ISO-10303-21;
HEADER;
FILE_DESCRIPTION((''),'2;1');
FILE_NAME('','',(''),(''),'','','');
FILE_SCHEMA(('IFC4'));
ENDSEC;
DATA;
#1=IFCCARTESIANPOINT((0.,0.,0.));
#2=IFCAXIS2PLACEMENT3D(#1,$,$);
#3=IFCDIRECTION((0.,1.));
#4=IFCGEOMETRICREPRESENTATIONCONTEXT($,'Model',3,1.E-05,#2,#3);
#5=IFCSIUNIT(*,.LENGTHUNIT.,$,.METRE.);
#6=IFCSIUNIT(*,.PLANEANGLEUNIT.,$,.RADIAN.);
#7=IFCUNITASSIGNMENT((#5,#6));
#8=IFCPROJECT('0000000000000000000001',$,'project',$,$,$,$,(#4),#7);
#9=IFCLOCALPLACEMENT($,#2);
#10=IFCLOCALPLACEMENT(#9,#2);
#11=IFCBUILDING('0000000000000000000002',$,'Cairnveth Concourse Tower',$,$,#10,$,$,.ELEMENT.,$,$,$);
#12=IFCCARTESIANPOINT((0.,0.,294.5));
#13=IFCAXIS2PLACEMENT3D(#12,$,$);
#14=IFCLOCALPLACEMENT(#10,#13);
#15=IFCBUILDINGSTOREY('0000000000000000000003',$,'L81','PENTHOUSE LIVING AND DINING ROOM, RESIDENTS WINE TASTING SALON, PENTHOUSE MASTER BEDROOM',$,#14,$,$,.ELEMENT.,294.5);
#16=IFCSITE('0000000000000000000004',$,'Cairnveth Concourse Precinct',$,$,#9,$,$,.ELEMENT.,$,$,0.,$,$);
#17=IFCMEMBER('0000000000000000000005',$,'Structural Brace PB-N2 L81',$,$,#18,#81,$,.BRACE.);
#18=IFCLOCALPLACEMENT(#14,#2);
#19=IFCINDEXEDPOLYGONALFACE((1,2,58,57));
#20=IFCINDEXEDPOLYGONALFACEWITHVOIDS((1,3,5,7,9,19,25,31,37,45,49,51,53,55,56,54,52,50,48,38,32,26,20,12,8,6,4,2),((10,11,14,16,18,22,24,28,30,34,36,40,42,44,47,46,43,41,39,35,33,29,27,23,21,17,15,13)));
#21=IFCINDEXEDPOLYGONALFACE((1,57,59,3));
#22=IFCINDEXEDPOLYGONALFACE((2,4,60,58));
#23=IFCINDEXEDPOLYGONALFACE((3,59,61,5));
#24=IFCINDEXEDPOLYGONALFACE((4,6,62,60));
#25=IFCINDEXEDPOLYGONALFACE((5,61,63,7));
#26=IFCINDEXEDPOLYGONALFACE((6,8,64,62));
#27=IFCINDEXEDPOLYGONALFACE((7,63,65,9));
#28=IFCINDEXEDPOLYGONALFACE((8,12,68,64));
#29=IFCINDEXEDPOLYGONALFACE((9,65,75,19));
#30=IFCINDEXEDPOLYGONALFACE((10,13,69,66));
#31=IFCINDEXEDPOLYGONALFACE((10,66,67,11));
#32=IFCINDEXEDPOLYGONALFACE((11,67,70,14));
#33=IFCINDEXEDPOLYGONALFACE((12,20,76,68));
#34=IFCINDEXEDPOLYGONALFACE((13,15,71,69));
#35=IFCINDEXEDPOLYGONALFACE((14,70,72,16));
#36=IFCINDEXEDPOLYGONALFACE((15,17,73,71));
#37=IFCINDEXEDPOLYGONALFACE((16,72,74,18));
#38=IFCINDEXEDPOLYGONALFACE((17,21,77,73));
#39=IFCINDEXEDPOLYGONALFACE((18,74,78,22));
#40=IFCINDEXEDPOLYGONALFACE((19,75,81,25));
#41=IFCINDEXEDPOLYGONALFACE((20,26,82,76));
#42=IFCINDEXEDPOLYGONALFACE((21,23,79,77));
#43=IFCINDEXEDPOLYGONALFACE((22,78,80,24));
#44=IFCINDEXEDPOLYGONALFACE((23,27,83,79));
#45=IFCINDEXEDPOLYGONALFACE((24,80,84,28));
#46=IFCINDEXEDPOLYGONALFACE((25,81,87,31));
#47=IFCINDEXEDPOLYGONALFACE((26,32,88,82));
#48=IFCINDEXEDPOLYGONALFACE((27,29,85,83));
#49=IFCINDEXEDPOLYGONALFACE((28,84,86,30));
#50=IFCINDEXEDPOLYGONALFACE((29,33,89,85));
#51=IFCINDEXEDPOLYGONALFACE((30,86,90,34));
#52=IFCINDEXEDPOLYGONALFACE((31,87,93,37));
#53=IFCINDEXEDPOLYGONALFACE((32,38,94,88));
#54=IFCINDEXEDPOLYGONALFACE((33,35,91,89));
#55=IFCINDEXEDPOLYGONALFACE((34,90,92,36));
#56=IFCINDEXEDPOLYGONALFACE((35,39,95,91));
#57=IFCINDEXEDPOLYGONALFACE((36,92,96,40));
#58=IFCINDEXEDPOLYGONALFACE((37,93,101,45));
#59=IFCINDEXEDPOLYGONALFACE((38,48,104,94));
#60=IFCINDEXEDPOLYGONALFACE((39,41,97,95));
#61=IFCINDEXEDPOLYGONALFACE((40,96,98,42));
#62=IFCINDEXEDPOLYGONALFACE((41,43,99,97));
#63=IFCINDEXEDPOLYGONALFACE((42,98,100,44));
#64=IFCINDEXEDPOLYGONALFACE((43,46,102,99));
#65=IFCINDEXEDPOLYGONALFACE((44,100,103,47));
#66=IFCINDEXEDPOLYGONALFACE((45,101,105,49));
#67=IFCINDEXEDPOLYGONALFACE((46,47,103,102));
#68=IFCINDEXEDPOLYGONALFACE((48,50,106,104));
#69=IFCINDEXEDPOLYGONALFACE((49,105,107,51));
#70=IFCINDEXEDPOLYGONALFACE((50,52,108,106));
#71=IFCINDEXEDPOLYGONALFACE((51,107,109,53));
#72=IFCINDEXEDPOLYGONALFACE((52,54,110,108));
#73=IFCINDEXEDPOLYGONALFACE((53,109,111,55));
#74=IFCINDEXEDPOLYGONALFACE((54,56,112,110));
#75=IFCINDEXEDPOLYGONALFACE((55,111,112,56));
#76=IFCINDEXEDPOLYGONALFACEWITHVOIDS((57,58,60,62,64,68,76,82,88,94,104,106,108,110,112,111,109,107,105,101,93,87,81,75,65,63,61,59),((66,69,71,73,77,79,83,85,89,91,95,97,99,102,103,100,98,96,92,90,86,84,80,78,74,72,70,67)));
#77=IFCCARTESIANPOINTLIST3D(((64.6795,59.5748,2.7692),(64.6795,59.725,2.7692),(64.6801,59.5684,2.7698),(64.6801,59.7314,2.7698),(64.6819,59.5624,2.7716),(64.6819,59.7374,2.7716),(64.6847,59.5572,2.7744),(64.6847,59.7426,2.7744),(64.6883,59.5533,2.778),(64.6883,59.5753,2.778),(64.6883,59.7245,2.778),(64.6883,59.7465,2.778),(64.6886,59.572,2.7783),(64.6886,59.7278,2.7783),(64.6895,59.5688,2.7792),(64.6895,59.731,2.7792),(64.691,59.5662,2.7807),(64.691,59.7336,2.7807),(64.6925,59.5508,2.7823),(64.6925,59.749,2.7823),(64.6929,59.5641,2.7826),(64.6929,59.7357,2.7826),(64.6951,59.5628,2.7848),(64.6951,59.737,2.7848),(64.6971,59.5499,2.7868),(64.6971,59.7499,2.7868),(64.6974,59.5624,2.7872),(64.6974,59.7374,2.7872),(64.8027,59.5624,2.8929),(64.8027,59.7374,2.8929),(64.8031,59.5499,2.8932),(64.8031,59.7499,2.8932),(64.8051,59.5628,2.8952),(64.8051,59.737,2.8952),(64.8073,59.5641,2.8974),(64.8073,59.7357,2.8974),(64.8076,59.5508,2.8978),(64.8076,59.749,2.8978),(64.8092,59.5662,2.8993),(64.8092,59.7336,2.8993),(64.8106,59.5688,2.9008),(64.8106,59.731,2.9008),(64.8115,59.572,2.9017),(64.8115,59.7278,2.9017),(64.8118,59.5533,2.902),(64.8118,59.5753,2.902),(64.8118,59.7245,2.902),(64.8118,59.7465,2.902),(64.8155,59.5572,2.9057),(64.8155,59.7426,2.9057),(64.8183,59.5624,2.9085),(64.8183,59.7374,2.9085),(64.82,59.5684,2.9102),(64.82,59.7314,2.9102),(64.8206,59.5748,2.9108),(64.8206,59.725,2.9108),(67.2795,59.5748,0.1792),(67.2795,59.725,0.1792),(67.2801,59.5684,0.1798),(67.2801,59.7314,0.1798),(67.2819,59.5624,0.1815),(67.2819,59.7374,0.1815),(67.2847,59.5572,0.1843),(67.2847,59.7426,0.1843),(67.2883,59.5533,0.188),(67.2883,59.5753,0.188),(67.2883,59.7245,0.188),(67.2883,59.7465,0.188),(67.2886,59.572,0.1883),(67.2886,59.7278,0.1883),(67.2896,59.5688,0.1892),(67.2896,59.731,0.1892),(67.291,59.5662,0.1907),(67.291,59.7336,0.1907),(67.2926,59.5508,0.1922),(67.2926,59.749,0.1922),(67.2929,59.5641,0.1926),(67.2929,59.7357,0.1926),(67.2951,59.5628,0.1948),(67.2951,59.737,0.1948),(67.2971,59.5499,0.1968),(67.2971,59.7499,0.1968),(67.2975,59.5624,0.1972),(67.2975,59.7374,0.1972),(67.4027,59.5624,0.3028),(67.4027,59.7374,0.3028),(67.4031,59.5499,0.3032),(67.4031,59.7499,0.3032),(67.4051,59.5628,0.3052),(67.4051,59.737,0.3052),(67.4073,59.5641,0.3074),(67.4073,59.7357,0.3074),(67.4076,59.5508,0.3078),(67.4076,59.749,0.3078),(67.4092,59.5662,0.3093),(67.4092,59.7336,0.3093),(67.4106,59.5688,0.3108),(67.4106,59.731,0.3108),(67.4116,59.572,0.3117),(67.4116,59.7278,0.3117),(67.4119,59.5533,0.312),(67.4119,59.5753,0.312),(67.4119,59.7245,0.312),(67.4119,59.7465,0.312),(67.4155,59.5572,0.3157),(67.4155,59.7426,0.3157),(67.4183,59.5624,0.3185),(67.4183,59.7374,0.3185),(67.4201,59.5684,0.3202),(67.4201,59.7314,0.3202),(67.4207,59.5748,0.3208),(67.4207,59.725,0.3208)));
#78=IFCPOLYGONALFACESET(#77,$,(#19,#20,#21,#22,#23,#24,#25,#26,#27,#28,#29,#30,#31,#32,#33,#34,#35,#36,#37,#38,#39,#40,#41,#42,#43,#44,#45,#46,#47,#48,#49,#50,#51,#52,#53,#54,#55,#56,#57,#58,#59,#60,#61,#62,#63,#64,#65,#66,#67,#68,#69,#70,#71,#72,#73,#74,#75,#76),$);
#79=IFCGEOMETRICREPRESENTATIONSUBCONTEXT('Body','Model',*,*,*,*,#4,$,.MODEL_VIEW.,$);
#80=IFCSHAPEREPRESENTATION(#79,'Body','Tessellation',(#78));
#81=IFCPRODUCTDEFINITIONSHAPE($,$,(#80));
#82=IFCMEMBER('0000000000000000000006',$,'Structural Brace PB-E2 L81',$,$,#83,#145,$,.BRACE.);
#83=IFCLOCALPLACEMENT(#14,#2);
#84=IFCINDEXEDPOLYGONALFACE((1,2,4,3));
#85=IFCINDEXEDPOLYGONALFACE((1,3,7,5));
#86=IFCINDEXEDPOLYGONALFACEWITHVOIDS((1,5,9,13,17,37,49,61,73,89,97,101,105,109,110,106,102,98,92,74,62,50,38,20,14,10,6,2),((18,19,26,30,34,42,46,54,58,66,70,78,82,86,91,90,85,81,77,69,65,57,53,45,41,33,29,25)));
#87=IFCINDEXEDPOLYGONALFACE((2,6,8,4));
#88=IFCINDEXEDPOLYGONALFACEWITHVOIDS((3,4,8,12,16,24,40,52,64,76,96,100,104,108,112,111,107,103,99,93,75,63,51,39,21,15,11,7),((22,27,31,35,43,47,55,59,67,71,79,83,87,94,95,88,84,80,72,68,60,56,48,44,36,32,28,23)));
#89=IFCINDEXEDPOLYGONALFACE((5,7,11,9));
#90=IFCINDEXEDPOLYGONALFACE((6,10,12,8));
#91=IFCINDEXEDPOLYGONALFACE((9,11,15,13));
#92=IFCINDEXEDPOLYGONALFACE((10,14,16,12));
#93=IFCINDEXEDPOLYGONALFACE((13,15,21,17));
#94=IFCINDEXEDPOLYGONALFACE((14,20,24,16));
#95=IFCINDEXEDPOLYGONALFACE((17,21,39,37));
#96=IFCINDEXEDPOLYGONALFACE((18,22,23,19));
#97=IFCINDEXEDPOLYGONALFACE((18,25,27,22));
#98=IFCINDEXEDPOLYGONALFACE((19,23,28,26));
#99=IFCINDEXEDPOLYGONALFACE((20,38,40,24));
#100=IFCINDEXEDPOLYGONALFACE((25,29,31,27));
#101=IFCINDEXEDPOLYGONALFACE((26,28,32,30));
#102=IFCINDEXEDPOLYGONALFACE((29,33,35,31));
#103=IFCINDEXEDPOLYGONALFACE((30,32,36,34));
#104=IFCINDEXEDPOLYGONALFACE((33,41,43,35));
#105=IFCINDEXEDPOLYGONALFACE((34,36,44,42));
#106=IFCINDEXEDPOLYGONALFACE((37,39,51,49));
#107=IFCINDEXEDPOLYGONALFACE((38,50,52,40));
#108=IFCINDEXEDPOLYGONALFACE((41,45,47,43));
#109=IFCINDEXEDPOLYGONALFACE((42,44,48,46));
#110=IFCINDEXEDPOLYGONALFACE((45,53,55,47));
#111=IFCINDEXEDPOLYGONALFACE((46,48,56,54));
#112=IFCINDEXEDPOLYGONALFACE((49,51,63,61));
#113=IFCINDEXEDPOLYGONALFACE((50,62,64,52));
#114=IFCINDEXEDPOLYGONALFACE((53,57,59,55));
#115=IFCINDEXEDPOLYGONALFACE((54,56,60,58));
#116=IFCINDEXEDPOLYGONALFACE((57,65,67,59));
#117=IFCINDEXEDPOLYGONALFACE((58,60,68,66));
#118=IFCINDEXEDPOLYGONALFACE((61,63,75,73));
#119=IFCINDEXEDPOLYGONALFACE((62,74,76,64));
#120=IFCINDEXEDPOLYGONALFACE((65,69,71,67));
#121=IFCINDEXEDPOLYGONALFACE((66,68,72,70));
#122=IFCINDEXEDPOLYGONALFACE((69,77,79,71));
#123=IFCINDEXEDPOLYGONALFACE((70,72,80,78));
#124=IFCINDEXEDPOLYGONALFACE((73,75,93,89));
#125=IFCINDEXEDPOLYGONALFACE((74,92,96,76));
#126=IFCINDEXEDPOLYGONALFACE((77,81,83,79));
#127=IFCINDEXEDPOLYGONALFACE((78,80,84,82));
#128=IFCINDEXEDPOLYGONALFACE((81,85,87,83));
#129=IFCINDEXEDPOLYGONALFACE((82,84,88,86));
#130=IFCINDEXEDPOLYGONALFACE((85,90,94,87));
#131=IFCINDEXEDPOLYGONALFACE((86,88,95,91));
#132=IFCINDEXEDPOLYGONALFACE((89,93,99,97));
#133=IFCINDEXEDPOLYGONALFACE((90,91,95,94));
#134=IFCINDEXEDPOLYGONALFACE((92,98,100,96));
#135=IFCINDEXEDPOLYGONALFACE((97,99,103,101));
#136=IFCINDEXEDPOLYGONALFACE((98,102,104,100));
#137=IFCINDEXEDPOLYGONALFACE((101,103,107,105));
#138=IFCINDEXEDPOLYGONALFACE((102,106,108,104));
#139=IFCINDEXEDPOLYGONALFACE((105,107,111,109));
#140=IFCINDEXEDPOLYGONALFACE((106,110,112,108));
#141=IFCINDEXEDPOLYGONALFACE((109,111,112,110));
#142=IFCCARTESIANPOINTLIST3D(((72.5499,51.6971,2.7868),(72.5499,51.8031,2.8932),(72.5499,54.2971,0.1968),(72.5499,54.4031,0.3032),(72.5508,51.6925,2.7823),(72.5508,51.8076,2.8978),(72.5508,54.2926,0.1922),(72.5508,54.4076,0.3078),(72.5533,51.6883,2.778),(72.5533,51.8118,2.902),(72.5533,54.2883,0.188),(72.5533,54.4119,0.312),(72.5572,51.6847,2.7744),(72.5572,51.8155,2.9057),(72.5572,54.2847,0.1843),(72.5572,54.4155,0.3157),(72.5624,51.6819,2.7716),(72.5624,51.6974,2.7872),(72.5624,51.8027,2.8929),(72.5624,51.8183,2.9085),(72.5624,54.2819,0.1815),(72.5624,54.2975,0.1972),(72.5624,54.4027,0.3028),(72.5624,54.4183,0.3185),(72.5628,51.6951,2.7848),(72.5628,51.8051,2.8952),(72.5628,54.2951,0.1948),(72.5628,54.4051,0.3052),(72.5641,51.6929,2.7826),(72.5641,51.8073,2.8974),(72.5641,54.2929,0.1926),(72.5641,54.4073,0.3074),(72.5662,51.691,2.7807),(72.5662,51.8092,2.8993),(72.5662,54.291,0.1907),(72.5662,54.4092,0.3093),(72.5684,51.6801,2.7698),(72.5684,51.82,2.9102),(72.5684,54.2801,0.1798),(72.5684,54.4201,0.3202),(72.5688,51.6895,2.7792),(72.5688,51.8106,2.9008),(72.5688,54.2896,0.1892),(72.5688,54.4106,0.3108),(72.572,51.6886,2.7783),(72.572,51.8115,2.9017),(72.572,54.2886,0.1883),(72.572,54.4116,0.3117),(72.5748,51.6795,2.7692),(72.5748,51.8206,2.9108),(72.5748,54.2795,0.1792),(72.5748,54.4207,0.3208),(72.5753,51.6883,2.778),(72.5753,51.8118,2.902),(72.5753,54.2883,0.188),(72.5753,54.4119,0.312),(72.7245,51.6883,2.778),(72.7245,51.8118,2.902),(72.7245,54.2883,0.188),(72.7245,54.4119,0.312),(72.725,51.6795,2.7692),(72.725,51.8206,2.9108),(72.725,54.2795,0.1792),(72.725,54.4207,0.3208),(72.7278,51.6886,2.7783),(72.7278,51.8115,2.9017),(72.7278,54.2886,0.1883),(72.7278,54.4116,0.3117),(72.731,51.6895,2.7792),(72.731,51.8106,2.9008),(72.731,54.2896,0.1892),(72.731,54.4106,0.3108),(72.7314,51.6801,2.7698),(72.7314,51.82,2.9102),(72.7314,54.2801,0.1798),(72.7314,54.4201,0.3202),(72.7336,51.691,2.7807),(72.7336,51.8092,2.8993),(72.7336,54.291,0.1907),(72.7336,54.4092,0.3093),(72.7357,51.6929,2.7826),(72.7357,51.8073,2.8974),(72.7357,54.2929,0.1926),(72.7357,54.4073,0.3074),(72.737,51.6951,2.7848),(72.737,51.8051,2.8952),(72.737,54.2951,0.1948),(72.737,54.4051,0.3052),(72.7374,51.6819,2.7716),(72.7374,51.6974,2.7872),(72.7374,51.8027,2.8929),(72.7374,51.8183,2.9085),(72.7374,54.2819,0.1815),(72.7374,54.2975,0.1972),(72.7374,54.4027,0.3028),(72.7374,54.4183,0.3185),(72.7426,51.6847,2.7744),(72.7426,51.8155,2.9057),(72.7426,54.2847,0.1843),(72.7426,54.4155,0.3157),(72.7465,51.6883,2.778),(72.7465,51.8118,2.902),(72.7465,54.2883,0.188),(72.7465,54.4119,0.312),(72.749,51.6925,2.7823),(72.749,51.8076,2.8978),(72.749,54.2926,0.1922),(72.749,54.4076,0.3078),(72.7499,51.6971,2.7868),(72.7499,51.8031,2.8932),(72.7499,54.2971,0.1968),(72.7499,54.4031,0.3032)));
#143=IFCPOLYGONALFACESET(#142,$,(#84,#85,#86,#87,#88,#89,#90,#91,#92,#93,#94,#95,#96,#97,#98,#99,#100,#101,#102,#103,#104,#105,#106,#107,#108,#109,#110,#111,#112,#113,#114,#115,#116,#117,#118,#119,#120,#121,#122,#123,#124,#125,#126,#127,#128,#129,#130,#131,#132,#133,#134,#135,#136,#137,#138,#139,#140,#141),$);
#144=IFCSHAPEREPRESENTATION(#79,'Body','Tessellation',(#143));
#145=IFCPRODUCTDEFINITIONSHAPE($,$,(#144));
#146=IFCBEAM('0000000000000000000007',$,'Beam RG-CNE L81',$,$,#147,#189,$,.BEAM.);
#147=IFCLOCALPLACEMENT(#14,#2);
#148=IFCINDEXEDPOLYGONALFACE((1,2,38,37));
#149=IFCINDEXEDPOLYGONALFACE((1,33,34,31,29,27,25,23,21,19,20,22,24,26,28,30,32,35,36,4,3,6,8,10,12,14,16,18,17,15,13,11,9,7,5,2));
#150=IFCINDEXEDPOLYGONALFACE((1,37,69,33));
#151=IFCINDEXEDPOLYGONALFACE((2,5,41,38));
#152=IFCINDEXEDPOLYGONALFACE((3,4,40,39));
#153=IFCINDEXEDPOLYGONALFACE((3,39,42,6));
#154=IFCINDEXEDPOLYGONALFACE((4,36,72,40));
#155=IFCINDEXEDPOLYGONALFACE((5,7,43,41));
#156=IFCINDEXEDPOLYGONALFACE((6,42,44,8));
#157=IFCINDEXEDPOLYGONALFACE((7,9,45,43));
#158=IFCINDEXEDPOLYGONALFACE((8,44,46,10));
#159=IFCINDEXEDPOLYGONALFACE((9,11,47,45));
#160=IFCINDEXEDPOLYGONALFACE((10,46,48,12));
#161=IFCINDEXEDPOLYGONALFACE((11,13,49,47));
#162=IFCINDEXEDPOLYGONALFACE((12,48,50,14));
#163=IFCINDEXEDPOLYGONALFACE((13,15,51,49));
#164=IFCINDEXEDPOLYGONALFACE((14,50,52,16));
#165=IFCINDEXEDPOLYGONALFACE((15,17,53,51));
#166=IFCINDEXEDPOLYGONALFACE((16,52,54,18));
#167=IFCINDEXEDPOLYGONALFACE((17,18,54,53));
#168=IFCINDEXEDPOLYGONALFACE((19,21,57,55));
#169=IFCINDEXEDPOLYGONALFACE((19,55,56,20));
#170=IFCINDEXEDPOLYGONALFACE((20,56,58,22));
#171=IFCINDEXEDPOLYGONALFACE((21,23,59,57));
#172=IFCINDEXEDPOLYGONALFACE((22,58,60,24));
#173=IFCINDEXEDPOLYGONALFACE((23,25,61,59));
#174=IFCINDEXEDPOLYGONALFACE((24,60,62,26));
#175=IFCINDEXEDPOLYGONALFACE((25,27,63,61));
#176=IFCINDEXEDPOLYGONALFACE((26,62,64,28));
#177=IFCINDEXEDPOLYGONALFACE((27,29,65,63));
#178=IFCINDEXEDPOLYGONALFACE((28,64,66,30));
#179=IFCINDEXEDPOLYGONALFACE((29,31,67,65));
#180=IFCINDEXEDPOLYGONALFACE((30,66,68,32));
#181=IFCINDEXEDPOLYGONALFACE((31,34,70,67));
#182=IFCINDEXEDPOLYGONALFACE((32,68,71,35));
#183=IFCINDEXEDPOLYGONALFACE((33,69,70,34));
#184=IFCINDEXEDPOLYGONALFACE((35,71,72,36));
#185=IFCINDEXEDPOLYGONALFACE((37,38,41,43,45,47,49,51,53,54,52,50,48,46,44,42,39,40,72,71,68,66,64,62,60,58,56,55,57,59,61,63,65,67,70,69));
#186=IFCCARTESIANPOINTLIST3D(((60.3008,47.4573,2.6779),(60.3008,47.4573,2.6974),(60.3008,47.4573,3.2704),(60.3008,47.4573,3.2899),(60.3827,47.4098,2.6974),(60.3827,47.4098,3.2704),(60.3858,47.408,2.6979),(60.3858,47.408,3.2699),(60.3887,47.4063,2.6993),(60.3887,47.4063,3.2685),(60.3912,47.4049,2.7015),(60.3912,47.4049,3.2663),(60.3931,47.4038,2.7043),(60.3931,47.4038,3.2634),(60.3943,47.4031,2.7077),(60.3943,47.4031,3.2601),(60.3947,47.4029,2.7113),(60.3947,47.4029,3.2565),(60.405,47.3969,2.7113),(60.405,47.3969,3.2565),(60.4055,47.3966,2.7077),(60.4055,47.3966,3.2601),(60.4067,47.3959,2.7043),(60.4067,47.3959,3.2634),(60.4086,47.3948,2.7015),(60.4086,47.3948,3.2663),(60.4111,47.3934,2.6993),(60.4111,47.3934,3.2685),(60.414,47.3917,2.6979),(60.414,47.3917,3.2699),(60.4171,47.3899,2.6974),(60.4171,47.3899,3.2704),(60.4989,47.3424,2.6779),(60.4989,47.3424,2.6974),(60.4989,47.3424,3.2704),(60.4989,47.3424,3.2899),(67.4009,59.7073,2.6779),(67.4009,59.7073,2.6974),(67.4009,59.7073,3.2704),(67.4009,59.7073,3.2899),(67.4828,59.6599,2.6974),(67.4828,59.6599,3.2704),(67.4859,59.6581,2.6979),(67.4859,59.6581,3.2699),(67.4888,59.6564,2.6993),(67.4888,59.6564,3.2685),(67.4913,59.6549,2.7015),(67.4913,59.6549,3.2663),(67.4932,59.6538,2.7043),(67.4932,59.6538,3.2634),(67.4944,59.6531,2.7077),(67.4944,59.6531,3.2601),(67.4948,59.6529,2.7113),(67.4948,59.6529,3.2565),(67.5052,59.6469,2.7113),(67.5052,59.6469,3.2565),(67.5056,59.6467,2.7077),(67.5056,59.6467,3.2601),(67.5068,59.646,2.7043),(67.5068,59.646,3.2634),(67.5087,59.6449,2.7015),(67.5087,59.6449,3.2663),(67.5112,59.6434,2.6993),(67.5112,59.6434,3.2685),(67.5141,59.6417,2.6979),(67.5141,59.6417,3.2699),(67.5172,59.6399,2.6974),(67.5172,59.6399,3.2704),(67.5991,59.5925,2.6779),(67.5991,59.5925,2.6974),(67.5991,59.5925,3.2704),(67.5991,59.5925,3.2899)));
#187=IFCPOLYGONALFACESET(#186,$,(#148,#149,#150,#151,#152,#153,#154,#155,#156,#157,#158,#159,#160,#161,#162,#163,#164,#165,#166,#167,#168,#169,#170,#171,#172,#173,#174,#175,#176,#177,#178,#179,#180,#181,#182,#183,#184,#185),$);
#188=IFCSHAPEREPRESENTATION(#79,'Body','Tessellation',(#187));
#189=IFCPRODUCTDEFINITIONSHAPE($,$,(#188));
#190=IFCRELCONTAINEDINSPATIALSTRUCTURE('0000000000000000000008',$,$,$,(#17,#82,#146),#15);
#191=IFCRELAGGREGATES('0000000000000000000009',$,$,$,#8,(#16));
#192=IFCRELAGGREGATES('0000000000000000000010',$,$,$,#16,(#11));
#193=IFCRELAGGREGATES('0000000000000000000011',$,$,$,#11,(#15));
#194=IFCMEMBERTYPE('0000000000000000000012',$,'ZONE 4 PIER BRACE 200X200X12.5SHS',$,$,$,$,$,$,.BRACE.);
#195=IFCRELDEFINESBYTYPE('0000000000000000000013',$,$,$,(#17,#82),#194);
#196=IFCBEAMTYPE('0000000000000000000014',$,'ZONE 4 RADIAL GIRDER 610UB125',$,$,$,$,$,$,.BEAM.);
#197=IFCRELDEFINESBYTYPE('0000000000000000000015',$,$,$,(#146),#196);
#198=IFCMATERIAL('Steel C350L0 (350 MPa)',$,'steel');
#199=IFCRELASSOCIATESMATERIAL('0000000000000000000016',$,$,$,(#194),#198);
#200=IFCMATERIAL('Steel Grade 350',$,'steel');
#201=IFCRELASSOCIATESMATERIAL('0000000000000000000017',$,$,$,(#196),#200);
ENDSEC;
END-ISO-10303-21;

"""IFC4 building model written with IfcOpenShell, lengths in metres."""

from ifc_helpers import new_model, si_unit, direction, frame, origin, origin_2d, place, context, subcontext, project, spatial, hollow_rectangle, i_section, extrude, material, material_profile, profile_set, type_object, element, save


model = new_model("IFC4")

# Units and contexts
model_context = context("Model", 3, precision=1e-05, world=origin(), true_north=direction((0.0, 1.0)))
body_context = subcontext(model_context, "Body", "Model", "MODEL_VIEW")
ifc_project = project(units=[si_unit("LENGTHUNIT", "METRE"), si_unit("PLANEANGLEUNIT", "RADIAN")], contexts=[model_context])

# Site, building, storey
site_placement = place(None, origin())
site = spatial("IfcSite", under=ifc_project, at=site_placement, Name="Cairnveth Concourse Precinct", CompositionType="ELEMENT", RefElevation=0.0)
building_placement = place(site_placement, origin())
building = spatial("IfcBuilding", under=site, at=building_placement, Name="Cairnveth Concourse Tower", CompositionType="ELEMENT")
storey_placement = place(building_placement, frame((0.0, 0.0, 294.5)))
storey = spatial("IfcBuildingStorey", under=building, at=storey_placement, Name="L81", Description="PENTHOUSE LIVING AND DINING ROOM, RESIDENTS WINE TASTING SALON, PENTHOUSE MASTER BEDROOM", CompositionType="ELEMENT", Elevation=294.5)

# Shared definitions
ifc_material_1 = material(Name="Steel Grade 350", Category="steel")

# Members
ifc_material_2 = material(Name="Steel C350L0 (350 MPa)", Category="steel")
ifc_material_profile_1 = material_profile(ifc_material_2, hollow_rectangle(XDim=0.2, YDim=0.2, WallThickness=0.0125, InnerFilletRadius=0.0129, OuterFilletRadius=0.0249, at=origin_2d()), Name="200x200x12.5SHS")
ifc_profile_set_1 = profile_set([ifc_material_profile_1], Name="Steel C350L0 (350 MPa)")
member_type = type_object("IfcMemberType", Name="ZONE 4 PIER BRACE 200X200X12.5SHS", PredefinedType="BRACE", material=ifc_profile_set_1)
for number, where, z_axis, x_axis, name in (
    (1, (67.3501, 59.6499, 0.25), (-0.708469, 0.0, 0.705742), (0.0, -1.0, 0.0), "Structural Brace PB-N2 L81"),
    (2, (72.6499, 54.3501, 0.25), (0.0, -0.708469, 0.705742), (1.0, 0.0, 0.0), "Structural Brace PB-E2 L81"),
):
    element("IfcMember", number, at=place(storey_placement, frame(where, z_axis=z_axis, x_axis=x_axis)), inside=storey, type_object=member_type, Name=name, PredefinedType="BRACE", context=body_context, shape_type="SweptSolid", body=[
        extrude(hollow_rectangle(XDim=0.2, YDim=0.2, WallThickness=0.0125, InnerFilletRadius=0.0129, OuterFilletRadius=0.0249, at=origin_2d()), origin(), (0.0, 0.0, 1.0), 3.6699),
    ])

# Beam
ifc_material_profile_2 = material_profile(ifc_material_1, i_section(OverallWidth=0.229, OverallDepth=0.6121, WebThickness=0.012, FlangeThickness=0.0195, FilletRadius=0.0139, at=origin_2d()), Name="610UB125")
ifc_profile_set_2 = profile_set([ifc_material_profile_2], Name="Steel Grade 350")
beam_type_1 = type_object("IfcBeamType", Name="ZONE 4 RADIAL GIRDER 610UB125", PredefinedType="BEAM", material=ifc_profile_set_2)
beam_1_placement = place(storey_placement, frame((67.5, 59.6499, 2.9839), z_axis=(-0.501459, -0.865181, 0.0), x_axis=(0.865181, -0.501459, 0.0)))
element("IfcBeam", 3, at=beam_1_placement, inside=storey, type_object=beam_type_1, Name="Beam RG-CNE L81", PredefinedType="BEAM", context=body_context, shape_type="SweptSolid", body=[
    extrude(i_section(OverallWidth=0.229, OverallDepth=0.6121, WebThickness=0.012, FlangeThickness=0.0195, FilletRadius=0.0139, at=origin_2d()), origin(), (0.0, 0.0, 1.0), 14.1589),
])

save(model, "model.ifc")
